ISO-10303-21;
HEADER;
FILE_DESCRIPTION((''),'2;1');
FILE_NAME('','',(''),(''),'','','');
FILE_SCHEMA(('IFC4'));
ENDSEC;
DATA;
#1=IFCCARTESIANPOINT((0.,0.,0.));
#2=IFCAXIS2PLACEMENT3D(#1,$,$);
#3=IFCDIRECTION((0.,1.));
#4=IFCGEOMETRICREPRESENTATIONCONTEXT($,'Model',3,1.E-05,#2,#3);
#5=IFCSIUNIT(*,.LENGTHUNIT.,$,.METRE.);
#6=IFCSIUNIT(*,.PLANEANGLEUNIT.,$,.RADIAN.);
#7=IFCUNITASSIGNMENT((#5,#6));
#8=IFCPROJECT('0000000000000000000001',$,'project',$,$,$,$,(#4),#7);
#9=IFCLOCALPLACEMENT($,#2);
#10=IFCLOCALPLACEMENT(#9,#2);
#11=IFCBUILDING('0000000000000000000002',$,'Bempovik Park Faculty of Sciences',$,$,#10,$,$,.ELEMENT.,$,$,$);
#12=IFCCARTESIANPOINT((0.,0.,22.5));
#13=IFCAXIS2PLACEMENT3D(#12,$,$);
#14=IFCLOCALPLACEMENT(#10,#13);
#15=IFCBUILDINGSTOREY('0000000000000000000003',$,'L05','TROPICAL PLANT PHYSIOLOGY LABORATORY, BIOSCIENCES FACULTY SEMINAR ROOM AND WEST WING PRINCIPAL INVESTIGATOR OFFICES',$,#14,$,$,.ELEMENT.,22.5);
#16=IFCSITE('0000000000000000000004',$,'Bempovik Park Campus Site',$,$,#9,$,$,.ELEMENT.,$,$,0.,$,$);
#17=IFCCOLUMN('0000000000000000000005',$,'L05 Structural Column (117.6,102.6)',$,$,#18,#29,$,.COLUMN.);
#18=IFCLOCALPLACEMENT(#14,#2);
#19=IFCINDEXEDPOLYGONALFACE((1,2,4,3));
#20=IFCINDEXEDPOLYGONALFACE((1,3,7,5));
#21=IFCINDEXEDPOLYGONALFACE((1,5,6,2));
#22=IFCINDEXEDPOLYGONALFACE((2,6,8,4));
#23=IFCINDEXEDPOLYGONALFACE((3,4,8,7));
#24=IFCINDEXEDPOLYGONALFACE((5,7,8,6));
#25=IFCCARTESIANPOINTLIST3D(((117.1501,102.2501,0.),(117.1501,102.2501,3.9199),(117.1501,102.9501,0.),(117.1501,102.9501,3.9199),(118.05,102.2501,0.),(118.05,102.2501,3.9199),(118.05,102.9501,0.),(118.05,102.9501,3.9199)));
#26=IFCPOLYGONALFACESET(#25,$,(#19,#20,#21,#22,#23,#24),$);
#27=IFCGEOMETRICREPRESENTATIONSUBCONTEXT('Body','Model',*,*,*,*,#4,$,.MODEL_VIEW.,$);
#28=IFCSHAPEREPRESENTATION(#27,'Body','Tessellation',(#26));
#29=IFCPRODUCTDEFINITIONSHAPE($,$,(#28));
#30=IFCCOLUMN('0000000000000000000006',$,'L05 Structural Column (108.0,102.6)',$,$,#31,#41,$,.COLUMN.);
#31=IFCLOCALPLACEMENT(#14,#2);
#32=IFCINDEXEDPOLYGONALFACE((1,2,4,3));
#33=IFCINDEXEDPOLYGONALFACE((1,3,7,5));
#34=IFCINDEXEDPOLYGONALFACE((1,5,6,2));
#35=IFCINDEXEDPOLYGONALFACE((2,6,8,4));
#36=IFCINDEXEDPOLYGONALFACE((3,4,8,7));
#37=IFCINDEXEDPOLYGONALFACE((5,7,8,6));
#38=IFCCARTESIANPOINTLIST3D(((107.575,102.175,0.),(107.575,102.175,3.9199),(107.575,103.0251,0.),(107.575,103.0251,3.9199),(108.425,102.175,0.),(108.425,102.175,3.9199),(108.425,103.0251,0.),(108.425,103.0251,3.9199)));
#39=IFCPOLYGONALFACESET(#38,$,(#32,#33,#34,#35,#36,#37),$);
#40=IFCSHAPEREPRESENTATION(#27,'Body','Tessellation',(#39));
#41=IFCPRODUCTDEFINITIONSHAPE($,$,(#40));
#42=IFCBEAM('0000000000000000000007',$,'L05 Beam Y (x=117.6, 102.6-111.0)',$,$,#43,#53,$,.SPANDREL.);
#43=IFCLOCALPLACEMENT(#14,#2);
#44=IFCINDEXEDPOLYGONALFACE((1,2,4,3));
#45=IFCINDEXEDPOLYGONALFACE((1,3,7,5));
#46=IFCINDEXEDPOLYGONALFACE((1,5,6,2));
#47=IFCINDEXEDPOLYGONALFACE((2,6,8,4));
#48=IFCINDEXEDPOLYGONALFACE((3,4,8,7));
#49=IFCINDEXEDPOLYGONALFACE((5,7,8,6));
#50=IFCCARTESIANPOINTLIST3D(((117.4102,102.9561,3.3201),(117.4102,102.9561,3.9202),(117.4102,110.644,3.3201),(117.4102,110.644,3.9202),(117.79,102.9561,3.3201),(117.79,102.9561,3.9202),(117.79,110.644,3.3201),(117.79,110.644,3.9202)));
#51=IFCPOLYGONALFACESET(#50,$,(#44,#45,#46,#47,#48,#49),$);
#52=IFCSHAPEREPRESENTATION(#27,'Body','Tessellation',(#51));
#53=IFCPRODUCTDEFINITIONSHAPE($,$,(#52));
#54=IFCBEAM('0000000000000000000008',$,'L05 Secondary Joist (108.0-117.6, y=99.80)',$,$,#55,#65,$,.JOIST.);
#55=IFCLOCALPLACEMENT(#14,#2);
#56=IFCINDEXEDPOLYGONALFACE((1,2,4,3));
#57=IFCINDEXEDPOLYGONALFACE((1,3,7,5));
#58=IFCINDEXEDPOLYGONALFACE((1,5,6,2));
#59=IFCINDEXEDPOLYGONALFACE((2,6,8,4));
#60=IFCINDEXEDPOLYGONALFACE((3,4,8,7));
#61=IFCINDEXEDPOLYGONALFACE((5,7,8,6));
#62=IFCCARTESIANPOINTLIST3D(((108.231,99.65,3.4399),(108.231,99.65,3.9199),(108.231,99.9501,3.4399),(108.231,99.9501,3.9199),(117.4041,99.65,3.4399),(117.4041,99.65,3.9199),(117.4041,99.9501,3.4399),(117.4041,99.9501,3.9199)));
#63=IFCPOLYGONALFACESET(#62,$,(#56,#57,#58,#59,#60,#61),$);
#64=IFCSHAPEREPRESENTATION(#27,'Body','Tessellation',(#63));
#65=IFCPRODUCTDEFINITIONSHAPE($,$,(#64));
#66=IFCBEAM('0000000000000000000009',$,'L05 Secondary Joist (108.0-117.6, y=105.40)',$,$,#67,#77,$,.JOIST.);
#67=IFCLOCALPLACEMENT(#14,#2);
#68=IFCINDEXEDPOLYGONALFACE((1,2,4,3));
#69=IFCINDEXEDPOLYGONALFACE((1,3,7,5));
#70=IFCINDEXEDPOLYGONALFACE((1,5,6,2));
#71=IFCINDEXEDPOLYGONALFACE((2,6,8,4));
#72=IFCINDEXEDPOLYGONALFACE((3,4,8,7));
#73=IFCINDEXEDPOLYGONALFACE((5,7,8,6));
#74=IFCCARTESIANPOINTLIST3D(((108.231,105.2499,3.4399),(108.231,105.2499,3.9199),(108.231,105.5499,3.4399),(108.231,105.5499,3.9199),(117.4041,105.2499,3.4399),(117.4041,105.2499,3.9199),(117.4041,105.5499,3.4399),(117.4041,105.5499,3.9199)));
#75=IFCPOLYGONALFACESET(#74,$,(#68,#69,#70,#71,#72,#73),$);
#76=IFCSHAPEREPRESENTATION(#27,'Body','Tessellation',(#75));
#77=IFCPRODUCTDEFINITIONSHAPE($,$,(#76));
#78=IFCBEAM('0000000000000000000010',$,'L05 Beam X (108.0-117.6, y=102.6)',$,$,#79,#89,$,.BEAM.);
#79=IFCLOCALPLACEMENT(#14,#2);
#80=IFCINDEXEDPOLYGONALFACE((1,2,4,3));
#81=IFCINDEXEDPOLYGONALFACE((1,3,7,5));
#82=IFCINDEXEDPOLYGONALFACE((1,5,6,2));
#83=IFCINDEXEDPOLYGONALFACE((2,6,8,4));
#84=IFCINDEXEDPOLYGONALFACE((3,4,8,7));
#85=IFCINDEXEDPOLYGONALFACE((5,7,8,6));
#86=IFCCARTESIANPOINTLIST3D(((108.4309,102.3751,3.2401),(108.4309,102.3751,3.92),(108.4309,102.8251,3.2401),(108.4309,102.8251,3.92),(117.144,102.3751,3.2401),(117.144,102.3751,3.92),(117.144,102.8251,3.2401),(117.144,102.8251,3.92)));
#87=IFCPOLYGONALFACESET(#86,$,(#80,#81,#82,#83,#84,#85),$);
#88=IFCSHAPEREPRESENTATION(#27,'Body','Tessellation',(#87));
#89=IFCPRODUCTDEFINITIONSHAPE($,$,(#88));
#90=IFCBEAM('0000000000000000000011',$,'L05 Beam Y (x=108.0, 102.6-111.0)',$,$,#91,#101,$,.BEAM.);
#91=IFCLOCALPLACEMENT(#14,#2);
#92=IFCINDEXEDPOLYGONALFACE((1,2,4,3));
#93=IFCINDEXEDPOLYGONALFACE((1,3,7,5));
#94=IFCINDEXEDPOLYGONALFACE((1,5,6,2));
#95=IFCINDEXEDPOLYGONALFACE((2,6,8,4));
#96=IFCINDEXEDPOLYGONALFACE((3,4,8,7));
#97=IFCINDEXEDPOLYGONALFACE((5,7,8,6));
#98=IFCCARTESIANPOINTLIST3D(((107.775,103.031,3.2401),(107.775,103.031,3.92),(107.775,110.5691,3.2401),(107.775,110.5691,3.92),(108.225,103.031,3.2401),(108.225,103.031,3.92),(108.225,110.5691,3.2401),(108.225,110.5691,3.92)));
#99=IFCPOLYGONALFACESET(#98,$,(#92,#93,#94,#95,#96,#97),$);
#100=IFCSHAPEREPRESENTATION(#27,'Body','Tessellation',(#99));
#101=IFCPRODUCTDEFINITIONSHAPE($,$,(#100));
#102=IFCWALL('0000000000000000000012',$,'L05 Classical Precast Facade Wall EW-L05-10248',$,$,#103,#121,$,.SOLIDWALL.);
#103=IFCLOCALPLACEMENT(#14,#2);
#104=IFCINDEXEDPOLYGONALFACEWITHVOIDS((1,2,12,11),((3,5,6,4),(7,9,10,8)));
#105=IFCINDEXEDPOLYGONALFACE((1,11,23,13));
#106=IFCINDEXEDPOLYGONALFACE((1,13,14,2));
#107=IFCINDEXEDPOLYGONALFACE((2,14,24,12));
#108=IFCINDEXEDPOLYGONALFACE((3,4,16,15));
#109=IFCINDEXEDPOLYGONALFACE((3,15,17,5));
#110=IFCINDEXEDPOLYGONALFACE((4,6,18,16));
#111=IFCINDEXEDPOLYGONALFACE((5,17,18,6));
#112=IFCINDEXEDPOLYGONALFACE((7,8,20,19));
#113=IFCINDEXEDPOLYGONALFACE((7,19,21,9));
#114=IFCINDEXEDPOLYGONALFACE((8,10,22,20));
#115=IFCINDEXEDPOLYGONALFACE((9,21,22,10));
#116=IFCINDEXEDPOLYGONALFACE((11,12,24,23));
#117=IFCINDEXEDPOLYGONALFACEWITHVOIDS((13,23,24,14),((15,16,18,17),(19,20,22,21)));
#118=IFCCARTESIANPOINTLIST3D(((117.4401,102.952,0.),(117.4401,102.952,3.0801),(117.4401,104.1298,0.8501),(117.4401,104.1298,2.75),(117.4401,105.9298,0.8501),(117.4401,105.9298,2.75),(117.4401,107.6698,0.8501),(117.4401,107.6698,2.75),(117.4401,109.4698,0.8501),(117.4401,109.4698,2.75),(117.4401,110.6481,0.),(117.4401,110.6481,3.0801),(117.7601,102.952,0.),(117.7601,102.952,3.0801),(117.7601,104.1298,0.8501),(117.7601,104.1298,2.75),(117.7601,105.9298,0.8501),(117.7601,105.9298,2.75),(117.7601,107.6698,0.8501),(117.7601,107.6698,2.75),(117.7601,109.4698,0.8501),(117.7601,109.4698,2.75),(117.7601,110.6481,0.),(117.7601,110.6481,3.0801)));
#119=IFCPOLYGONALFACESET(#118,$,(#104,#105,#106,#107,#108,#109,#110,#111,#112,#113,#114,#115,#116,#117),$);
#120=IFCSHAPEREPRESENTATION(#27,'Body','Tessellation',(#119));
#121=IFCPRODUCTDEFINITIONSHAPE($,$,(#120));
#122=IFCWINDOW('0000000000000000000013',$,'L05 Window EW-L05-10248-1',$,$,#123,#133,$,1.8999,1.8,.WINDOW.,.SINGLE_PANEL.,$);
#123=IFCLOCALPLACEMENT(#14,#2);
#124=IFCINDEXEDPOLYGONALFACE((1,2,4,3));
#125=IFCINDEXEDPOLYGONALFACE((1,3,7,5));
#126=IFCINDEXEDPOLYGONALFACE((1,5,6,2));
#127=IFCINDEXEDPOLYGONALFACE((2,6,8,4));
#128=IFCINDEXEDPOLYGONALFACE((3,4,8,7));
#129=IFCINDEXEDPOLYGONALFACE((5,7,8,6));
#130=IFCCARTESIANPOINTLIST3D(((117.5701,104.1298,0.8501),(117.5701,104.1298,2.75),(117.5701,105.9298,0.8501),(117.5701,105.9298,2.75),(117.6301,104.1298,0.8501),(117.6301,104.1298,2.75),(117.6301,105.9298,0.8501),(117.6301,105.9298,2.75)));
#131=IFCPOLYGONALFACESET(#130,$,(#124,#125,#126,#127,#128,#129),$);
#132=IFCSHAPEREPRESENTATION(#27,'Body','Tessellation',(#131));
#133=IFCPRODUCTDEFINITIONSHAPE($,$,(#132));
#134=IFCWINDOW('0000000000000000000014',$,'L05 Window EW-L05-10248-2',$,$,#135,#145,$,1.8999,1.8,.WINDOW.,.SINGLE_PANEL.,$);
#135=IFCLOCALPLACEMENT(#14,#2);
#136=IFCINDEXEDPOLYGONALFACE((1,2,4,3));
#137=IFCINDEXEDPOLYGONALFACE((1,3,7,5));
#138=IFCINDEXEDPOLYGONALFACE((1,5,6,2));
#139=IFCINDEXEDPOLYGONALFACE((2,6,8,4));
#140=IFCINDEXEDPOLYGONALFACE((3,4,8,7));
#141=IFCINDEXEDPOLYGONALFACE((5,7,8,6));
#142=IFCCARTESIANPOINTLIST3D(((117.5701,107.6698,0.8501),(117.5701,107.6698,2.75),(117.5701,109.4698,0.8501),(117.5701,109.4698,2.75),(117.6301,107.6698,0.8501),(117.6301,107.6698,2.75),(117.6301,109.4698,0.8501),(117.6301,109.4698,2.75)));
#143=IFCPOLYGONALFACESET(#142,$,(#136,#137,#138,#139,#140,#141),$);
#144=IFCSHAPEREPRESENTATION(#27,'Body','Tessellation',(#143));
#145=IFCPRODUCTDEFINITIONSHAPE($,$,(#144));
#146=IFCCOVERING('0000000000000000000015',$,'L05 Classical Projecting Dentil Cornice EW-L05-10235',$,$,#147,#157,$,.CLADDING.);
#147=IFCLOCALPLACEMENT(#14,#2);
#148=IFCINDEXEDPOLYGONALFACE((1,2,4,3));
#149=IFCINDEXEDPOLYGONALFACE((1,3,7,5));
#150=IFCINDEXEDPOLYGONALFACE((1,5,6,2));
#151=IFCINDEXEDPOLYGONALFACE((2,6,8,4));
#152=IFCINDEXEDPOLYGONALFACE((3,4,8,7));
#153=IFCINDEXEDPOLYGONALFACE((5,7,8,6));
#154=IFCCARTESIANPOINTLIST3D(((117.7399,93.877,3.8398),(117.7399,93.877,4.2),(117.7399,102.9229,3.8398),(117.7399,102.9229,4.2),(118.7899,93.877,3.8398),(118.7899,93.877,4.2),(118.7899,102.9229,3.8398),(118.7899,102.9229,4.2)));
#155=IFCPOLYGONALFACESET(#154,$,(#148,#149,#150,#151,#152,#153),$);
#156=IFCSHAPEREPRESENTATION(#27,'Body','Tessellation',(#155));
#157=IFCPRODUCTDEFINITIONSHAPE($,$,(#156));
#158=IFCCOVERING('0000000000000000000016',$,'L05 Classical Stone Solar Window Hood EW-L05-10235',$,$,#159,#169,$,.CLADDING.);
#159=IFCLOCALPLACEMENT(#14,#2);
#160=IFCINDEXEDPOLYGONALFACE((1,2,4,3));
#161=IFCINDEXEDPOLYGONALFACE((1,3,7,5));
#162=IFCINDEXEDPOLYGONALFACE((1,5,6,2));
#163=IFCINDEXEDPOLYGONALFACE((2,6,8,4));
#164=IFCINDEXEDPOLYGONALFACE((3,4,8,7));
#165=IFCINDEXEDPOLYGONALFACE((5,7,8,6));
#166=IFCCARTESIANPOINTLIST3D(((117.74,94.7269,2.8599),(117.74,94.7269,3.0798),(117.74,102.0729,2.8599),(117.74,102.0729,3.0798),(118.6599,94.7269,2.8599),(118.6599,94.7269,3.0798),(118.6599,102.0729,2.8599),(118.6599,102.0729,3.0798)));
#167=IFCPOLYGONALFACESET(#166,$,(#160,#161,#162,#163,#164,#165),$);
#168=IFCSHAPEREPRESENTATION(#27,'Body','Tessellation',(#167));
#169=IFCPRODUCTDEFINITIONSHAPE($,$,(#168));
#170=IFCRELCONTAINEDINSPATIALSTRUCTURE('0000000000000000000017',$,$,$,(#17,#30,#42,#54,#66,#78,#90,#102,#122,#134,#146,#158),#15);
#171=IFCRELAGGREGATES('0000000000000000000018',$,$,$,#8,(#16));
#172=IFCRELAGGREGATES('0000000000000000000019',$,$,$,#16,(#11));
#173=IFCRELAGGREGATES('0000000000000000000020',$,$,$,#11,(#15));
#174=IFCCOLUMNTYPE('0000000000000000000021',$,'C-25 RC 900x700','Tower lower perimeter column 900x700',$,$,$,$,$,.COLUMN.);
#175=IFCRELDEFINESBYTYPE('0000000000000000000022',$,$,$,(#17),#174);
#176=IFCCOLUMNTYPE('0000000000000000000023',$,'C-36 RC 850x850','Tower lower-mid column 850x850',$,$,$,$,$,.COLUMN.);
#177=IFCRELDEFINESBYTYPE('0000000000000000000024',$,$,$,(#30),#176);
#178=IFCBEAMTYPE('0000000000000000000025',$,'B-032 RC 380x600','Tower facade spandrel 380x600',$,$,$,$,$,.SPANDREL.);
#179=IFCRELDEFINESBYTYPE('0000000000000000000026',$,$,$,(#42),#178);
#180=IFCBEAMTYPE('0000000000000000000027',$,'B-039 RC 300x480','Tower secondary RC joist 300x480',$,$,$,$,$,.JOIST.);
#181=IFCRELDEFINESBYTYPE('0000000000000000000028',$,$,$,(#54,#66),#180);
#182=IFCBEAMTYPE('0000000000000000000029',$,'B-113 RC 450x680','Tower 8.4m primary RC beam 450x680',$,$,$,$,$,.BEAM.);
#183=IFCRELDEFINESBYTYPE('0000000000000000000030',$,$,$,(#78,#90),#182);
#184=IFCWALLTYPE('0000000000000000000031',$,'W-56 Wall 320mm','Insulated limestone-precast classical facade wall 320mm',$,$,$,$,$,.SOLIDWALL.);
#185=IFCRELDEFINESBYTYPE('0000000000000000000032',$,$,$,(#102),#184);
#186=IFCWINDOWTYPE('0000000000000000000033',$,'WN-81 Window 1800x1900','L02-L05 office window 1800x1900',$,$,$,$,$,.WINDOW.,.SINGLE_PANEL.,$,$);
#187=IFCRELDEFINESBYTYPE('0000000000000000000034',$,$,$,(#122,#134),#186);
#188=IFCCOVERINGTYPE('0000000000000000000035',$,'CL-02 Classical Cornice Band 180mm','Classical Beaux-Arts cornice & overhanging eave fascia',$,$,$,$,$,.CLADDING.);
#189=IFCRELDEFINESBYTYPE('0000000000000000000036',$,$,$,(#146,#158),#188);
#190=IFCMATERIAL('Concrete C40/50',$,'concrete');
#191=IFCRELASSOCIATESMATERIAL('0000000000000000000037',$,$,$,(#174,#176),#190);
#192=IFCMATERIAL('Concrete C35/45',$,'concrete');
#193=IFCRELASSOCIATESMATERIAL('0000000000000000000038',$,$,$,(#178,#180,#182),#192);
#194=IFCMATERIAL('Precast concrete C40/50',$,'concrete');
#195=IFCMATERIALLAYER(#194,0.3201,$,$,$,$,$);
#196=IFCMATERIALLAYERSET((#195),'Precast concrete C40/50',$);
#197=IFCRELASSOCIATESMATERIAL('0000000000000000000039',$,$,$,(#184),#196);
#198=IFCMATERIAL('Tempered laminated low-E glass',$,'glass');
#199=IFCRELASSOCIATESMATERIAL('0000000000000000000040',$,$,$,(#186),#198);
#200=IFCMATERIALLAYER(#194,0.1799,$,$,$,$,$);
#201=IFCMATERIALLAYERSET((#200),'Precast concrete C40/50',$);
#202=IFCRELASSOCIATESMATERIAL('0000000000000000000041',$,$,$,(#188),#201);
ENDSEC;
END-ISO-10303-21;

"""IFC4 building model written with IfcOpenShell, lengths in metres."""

from ifc_helpers import new_model, si_unit, direction, frame, frame_2d, origin, origin_2d, place, context, subcontext, project, spatial, rectangle, extrude, material, layer, layer_set, material_profile, profile_set, type_object, element, fill, save


model = new_model("IFC4")

# Units and contexts
model_context = context("Model", 3, precision=1e-05, world=origin(), true_north=direction((0.0, 1.0)))
body_context = subcontext(model_context, "Body", "Model", "MODEL_VIEW")
ifc_project = project(units=[si_unit("LENGTHUNIT", "METRE"), si_unit("PLANEANGLEUNIT", "RADIAN")], contexts=[model_context])

# Site, building, storey
site_placement = place(None, origin())
site = spatial("IfcSite", under=ifc_project, at=site_placement, Name="Bempovik Park Campus Site", CompositionType="ELEMENT", RefElevation=0.0)
building_placement = place(site_placement, origin())
building = spatial("IfcBuilding", under=site, at=building_placement, Name="Bempovik Park Faculty of Sciences", CompositionType="ELEMENT")
storey_placement = place(building_placement, frame((0.0, 0.0, 22.5)))
storey = spatial("IfcBuildingStorey", under=building, at=storey_placement, Name="L05", Description="TROPICAL PLANT PHYSIOLOGY LABORATORY, BIOSCIENCES FACULTY SEMINAR ROOM AND WEST WING PRINCIPAL INVESTIGATOR OFFICES", CompositionType="ELEMENT", Elevation=22.5)

# Columns
ifc_material_1 = material(Name="Concrete C40/50", Category="concrete")
ifc_material_profile_1 = material_profile(ifc_material_1, rectangle(XDim=0.8999, YDim=0.7, at=origin_2d()), Name="RC 900x700")
ifc_profile_set_1 = profile_set([ifc_material_profile_1], Name="Concrete C40/50")
column_type_1 = type_object("IfcColumnType", Name="C-25 RC 900x700", Description="Tower lower perimeter column 900x700", PredefinedType="COLUMN", material=ifc_profile_set_1)
column_1_placement = place(storey_placement, frame((117.6001, 102.6001, 0.0), z_axis=(0.0, 0.0, 1.0), x_axis=(1.0, 0.0, 0.0)))
element("IfcColumn", 1, at=column_1_placement, inside=storey, type_object=column_type_1, Name="L05 Structural Column (117.6,102.6)", PredefinedType="COLUMN", context=body_context, shape_type="SweptSolid", body=[
    extrude(rectangle(XDim=0.8999, YDim=0.7, at=origin_2d()), origin(), (0.0, 0.0, 1.0), 3.9199),
])
ifc_material_profile_2 = material_profile(ifc_material_1, rectangle(XDim=0.8501, YDim=0.8501, at=origin_2d()), Name="RC 850x850")
ifc_profile_set_2 = profile_set([ifc_material_profile_2], Name="Concrete C40/50")
column_type_2 = type_object("IfcColumnType", Name="C-36 RC 850x850", Description="Tower lower-mid column 850x850", PredefinedType="COLUMN", material=ifc_profile_set_2)
column_2_placement = place(storey_placement, frame((108.0, 102.6001, 0.0), z_axis=(0.0, 0.0, 1.0), x_axis=(1.0, 0.0, 0.0)))
element("IfcColumn", 2, at=column_2_placement, inside=storey, type_object=column_type_2, Name="L05 Structural Column (108.0,102.6)", PredefinedType="COLUMN", context=body_context, shape_type="SweptSolid", body=[
    extrude(rectangle(XDim=0.8501, YDim=0.8501, at=origin_2d()), origin(), (0.0, 0.0, 1.0), 3.9199),
])

# Beams
ifc_material_2 = material(Name="Concrete C35/45", Category="concrete")
ifc_material_profile_3 = material_profile(ifc_material_2, rectangle(XDim=0.3799, YDim=0.6001, at=origin_2d()), Name="RC 380x600")
ifc_profile_set_3 = profile_set([ifc_material_profile_3], Name="Concrete C35/45")
beam_type_1 = type_object("IfcBeamType", Name="B-032 RC 380x600", Description="Tower facade spandrel 380x600", PredefinedType="SPANDREL", material=ifc_profile_set_3)
beam_1_placement = place(storey_placement, frame((117.6001, 102.9561, 3.6201), z_axis=(0.0, 1.0, 0.0), x_axis=(-1.0, 0.0, 0.0)))
element("IfcBeam", 3, at=beam_1_placement, inside=storey, type_object=beam_type_1, Name="L05 Beam Y (x=117.6, 102.6-111.0)", PredefinedType="SPANDREL", context=body_context, shape_type="SweptSolid", body=[
    extrude(rectangle(XDim=0.3799, YDim=0.6001, at=origin_2d()), origin(), (0.0, 0.0, 1.0), 7.688),
])
ifc_material_profile_4 = material_profile(ifc_material_2, rectangle(XDim=0.3, YDim=0.48, at=origin_2d()), Name="RC 300x480")
ifc_profile_set_4 = profile_set([ifc_material_profile_4], Name="Concrete C35/45")
beam_type_2 = type_object("IfcBeamType", Name="B-039 RC 300x480", Description="Tower secondary RC joist 300x480", PredefinedType="JOIST", material=ifc_profile_set_4)
for number, where, z_axis, x_axis, name in (
    (4, (108.231, 99.8, 3.6799), (1.0, 0.0, 0.0), (0.0, 1.0, 0.0), "L05 Secondary Joist (108.0-117.6, y=99.80)"),
    (5, (108.231, 105.3999, 3.6799), (1.0, 0.0, 0.0), (0.0, 1.0, 0.0), "L05 Secondary Joist (108.0-117.6, y=105.40)"),
):
    element("IfcBeam", number, at=place(storey_placement, frame(where, z_axis=z_axis, x_axis=x_axis)), inside=storey, type_object=beam_type_2, Name=name, PredefinedType="JOIST", context=body_context, shape_type="SweptSolid", body=[
        extrude(rectangle(XDim=0.3, YDim=0.48, at=origin_2d()), origin(), (0.0, 0.0, 1.0), 9.1731),
    ])
ifc_material_profile_5 = material_profile(ifc_material_2, rectangle(XDim=0.45, YDim=0.6799, at=origin_2d()), Name="RC 450x680")
ifc_profile_set_5 = profile_set([ifc_material_profile_5], Name="Concrete C35/45")
beam_type_3 = type_object("IfcBeamType", Name="B-113 RC 450x680", Description="Tower 8.4m primary RC beam 450x680", PredefinedType="BEAM", material=ifc_profile_set_5)
beam_2_placement = place(storey_placement, frame((108.4309, 102.6001, 3.5801), z_axis=(1.0, 0.0, 0.0), x_axis=(0.0, 1.0, 0.0)))
element("IfcBeam", 6, at=beam_2_placement, inside=storey, type_object=beam_type_3, Name="L05 Beam X (108.0-117.6, y=102.6)", PredefinedType="BEAM", context=body_context, shape_type="SweptSolid", body=[
    extrude(rectangle(XDim=0.45, YDim=0.6799, at=origin_2d()), origin(), (0.0, 0.0, 1.0), 8.7131),
])
beam_3_placement = place(storey_placement, frame((108.0, 103.031, 3.5801), z_axis=(0.0, 1.0, 0.0), x_axis=(-1.0, 0.0, 0.0)))
element("IfcBeam", 7, at=beam_3_placement, inside=storey, type_object=beam_type_3, Name="L05 Beam Y (x=108.0, 102.6-111.0)", PredefinedType="BEAM", context=body_context, shape_type="SweptSolid", body=[
    extrude(rectangle(XDim=0.45, YDim=0.6799, at=origin_2d()), origin(), (0.0, 0.0, 1.0), 7.5381),
])

# Wall, openings, windows
ifc_material_3 = material(Name="Precast concrete C40/50", Category="concrete")
ifc_layer_1 = layer(ifc_material_3, 0.3201)
ifc_layer_set_1 = layer_set([ifc_layer_1], Name="Precast concrete C40/50")
wall_type = type_object("IfcWallType", Name="W-56 Wall 320mm", Description="Insulated limestone-precast classical facade wall 320mm", PredefinedType="SOLIDWALL", material=ifc_layer_set_1)
wall_placement = place(storey_placement, frame((117.6001, 102.9519, 0.0), z_axis=(0.0, 0.0, 1.0), x_axis=(0.0, 1.0, 0.0)))
wall = element("IfcWall", 8, at=wall_placement, inside=storey, type_object=wall_type, Name="L05 Classical Precast Facade Wall EW-L05-10248", PredefinedType="SOLIDWALL", context=body_context, shape_type="SweptSolid", body=[
    extrude(rectangle(XDim=7.696, YDim=0.3201, at=frame_2d((3.8481, 0.0))), origin(), (0.0, 0.0, 1.0), 3.0801),
])
opening_1_placement = place(wall_placement, frame((1.178, 0.0, 0.8501)))
opening_1 = element("IfcOpeningElement", 9, at=opening_1_placement, cuts=wall, PredefinedType="OPENING", context=body_context, shape_type="SweptSolid", body=[
    extrude(rectangle(XDim=1.8, YDim=1.8999, at=frame_2d((0.8999, 0.95))), frame((0.0, 0.1699, 0.0), z_axis=(0.0, -1.0, 0.0), x_axis=(1.0, 0.0, 0.0)), (0.0, 0.0, 1.0), 0.3401),
])
opening_2_placement = place(wall_placement, frame((4.718, 0.0, 0.8501)))
opening_2 = element("IfcOpeningElement", 10, at=opening_2_placement, cuts=wall, PredefinedType="OPENING", context=body_context, shape_type="SweptSolid", body=[
    extrude(rectangle(XDim=1.8, YDim=1.8999, at=frame_2d((0.8999, 0.95))), frame((0.0, 0.1699, 0.0), z_axis=(0.0, -1.0, 0.0), x_axis=(1.0, 0.0, 0.0)), (0.0, 0.0, 1.0), 0.3401),
])
ifc_material_4 = material(Name="Tempered laminated low-E glass", Category="glass")
window_type = type_object("IfcWindowType", Name="WN-81 Window 1800x1900", Description="L02-L05 office window 1800x1900", PartitioningType="SINGLE_PANEL", PredefinedType="WINDOW", material=ifc_material_4)
window_1_placement = place(opening_1_placement, origin())
window_1 = element("IfcWindow", 11, at=window_1_placement, inside=storey, type_object=window_type, Name="L05 Window EW-L05-10248-1", OverallHeight=1.8999, OverallWidth=1.8, PartitioningType="SINGLE_PANEL", PredefinedType="WINDOW", context=body_context, shape_type="SweptSolid", body=[
    extrude(rectangle(XDim=1.8, YDim=1.8999, at=frame_2d((0.8999, 0.95))), frame((0.0, 0.03, 0.0), z_axis=(0.0, -1.0, 0.0), x_axis=(1.0, 0.0, 0.0)), (0.0, 0.0, 1.0), 0.0601),
])
fill(opening_1, window_1)
window_2_placement = place(opening_2_placement, origin())
window_2 = element("IfcWindow", 12, at=window_2_placement, inside=storey, type_object=window_type, Name="L05 Window EW-L05-10248-2", OverallHeight=1.8999, OverallWidth=1.8, PartitioningType="SINGLE_PANEL", PredefinedType="WINDOW", context=body_context, shape_type="SweptSolid", body=[
    extrude(rectangle(XDim=1.8, YDim=1.8999, at=frame_2d((0.8999, 0.95))), frame((0.0, 0.03, 0.0), z_axis=(0.0, -1.0, 0.0), x_axis=(1.0, 0.0, 0.0)), (0.0, 0.0, 1.0), 0.0601),
])
fill(opening_2, window_2)

# Coverings
ifc_layer_2 = layer(ifc_material_3, 0.1799)
ifc_layer_set_2 = layer_set([ifc_layer_2], Name="Precast concrete C40/50")
covering_type_1 = type_object("IfcCoveringType", Name="CL-02 Classical Cornice Band 180mm", Description="Classical Beaux-Arts cornice & overhanging eave fascia", PredefinedType="CLADDING", material=ifc_layer_set_2)
covering_1_placement = place(storey_placement, frame((118.2649, 98.3999, 3.8398), z_axis=(0.0, 0.0, 1.0), x_axis=(1.0, 0.0, 0.0)))
element("IfcCovering", 13, at=covering_1_placement, inside=storey, type_object=covering_type_1, Name="L05 Classical Projecting Dentil Cornice EW-L05-10235", PredefinedType="CLADDING", context=body_context, shape_type="SweptSolid", body=[
    extrude(rectangle(XDim=1.05, YDim=9.0459, at=origin_2d()), origin(), (0.0, 0.0, 1.0), 0.3601),
])
covering_2_placement = place(storey_placement, frame((118.2, 98.3999, 2.8599), z_axis=(0.0, 0.0, 1.0), x_axis=(1.0, 0.0, 0.0)))
element("IfcCovering", 14, at=covering_2_placement, inside=storey, type_object=covering_type_1, Name="L05 Classical Stone Solar Window Hood EW-L05-10235", PredefinedType="CLADDING", context=body_context, shape_type="SweptSolid", body=[
    extrude(rectangle(XDim=0.9199, YDim=7.3459, at=origin_2d()), origin(), (0.0, 0.0, 1.0), 0.22),
])

save(model, "model.ifc")
